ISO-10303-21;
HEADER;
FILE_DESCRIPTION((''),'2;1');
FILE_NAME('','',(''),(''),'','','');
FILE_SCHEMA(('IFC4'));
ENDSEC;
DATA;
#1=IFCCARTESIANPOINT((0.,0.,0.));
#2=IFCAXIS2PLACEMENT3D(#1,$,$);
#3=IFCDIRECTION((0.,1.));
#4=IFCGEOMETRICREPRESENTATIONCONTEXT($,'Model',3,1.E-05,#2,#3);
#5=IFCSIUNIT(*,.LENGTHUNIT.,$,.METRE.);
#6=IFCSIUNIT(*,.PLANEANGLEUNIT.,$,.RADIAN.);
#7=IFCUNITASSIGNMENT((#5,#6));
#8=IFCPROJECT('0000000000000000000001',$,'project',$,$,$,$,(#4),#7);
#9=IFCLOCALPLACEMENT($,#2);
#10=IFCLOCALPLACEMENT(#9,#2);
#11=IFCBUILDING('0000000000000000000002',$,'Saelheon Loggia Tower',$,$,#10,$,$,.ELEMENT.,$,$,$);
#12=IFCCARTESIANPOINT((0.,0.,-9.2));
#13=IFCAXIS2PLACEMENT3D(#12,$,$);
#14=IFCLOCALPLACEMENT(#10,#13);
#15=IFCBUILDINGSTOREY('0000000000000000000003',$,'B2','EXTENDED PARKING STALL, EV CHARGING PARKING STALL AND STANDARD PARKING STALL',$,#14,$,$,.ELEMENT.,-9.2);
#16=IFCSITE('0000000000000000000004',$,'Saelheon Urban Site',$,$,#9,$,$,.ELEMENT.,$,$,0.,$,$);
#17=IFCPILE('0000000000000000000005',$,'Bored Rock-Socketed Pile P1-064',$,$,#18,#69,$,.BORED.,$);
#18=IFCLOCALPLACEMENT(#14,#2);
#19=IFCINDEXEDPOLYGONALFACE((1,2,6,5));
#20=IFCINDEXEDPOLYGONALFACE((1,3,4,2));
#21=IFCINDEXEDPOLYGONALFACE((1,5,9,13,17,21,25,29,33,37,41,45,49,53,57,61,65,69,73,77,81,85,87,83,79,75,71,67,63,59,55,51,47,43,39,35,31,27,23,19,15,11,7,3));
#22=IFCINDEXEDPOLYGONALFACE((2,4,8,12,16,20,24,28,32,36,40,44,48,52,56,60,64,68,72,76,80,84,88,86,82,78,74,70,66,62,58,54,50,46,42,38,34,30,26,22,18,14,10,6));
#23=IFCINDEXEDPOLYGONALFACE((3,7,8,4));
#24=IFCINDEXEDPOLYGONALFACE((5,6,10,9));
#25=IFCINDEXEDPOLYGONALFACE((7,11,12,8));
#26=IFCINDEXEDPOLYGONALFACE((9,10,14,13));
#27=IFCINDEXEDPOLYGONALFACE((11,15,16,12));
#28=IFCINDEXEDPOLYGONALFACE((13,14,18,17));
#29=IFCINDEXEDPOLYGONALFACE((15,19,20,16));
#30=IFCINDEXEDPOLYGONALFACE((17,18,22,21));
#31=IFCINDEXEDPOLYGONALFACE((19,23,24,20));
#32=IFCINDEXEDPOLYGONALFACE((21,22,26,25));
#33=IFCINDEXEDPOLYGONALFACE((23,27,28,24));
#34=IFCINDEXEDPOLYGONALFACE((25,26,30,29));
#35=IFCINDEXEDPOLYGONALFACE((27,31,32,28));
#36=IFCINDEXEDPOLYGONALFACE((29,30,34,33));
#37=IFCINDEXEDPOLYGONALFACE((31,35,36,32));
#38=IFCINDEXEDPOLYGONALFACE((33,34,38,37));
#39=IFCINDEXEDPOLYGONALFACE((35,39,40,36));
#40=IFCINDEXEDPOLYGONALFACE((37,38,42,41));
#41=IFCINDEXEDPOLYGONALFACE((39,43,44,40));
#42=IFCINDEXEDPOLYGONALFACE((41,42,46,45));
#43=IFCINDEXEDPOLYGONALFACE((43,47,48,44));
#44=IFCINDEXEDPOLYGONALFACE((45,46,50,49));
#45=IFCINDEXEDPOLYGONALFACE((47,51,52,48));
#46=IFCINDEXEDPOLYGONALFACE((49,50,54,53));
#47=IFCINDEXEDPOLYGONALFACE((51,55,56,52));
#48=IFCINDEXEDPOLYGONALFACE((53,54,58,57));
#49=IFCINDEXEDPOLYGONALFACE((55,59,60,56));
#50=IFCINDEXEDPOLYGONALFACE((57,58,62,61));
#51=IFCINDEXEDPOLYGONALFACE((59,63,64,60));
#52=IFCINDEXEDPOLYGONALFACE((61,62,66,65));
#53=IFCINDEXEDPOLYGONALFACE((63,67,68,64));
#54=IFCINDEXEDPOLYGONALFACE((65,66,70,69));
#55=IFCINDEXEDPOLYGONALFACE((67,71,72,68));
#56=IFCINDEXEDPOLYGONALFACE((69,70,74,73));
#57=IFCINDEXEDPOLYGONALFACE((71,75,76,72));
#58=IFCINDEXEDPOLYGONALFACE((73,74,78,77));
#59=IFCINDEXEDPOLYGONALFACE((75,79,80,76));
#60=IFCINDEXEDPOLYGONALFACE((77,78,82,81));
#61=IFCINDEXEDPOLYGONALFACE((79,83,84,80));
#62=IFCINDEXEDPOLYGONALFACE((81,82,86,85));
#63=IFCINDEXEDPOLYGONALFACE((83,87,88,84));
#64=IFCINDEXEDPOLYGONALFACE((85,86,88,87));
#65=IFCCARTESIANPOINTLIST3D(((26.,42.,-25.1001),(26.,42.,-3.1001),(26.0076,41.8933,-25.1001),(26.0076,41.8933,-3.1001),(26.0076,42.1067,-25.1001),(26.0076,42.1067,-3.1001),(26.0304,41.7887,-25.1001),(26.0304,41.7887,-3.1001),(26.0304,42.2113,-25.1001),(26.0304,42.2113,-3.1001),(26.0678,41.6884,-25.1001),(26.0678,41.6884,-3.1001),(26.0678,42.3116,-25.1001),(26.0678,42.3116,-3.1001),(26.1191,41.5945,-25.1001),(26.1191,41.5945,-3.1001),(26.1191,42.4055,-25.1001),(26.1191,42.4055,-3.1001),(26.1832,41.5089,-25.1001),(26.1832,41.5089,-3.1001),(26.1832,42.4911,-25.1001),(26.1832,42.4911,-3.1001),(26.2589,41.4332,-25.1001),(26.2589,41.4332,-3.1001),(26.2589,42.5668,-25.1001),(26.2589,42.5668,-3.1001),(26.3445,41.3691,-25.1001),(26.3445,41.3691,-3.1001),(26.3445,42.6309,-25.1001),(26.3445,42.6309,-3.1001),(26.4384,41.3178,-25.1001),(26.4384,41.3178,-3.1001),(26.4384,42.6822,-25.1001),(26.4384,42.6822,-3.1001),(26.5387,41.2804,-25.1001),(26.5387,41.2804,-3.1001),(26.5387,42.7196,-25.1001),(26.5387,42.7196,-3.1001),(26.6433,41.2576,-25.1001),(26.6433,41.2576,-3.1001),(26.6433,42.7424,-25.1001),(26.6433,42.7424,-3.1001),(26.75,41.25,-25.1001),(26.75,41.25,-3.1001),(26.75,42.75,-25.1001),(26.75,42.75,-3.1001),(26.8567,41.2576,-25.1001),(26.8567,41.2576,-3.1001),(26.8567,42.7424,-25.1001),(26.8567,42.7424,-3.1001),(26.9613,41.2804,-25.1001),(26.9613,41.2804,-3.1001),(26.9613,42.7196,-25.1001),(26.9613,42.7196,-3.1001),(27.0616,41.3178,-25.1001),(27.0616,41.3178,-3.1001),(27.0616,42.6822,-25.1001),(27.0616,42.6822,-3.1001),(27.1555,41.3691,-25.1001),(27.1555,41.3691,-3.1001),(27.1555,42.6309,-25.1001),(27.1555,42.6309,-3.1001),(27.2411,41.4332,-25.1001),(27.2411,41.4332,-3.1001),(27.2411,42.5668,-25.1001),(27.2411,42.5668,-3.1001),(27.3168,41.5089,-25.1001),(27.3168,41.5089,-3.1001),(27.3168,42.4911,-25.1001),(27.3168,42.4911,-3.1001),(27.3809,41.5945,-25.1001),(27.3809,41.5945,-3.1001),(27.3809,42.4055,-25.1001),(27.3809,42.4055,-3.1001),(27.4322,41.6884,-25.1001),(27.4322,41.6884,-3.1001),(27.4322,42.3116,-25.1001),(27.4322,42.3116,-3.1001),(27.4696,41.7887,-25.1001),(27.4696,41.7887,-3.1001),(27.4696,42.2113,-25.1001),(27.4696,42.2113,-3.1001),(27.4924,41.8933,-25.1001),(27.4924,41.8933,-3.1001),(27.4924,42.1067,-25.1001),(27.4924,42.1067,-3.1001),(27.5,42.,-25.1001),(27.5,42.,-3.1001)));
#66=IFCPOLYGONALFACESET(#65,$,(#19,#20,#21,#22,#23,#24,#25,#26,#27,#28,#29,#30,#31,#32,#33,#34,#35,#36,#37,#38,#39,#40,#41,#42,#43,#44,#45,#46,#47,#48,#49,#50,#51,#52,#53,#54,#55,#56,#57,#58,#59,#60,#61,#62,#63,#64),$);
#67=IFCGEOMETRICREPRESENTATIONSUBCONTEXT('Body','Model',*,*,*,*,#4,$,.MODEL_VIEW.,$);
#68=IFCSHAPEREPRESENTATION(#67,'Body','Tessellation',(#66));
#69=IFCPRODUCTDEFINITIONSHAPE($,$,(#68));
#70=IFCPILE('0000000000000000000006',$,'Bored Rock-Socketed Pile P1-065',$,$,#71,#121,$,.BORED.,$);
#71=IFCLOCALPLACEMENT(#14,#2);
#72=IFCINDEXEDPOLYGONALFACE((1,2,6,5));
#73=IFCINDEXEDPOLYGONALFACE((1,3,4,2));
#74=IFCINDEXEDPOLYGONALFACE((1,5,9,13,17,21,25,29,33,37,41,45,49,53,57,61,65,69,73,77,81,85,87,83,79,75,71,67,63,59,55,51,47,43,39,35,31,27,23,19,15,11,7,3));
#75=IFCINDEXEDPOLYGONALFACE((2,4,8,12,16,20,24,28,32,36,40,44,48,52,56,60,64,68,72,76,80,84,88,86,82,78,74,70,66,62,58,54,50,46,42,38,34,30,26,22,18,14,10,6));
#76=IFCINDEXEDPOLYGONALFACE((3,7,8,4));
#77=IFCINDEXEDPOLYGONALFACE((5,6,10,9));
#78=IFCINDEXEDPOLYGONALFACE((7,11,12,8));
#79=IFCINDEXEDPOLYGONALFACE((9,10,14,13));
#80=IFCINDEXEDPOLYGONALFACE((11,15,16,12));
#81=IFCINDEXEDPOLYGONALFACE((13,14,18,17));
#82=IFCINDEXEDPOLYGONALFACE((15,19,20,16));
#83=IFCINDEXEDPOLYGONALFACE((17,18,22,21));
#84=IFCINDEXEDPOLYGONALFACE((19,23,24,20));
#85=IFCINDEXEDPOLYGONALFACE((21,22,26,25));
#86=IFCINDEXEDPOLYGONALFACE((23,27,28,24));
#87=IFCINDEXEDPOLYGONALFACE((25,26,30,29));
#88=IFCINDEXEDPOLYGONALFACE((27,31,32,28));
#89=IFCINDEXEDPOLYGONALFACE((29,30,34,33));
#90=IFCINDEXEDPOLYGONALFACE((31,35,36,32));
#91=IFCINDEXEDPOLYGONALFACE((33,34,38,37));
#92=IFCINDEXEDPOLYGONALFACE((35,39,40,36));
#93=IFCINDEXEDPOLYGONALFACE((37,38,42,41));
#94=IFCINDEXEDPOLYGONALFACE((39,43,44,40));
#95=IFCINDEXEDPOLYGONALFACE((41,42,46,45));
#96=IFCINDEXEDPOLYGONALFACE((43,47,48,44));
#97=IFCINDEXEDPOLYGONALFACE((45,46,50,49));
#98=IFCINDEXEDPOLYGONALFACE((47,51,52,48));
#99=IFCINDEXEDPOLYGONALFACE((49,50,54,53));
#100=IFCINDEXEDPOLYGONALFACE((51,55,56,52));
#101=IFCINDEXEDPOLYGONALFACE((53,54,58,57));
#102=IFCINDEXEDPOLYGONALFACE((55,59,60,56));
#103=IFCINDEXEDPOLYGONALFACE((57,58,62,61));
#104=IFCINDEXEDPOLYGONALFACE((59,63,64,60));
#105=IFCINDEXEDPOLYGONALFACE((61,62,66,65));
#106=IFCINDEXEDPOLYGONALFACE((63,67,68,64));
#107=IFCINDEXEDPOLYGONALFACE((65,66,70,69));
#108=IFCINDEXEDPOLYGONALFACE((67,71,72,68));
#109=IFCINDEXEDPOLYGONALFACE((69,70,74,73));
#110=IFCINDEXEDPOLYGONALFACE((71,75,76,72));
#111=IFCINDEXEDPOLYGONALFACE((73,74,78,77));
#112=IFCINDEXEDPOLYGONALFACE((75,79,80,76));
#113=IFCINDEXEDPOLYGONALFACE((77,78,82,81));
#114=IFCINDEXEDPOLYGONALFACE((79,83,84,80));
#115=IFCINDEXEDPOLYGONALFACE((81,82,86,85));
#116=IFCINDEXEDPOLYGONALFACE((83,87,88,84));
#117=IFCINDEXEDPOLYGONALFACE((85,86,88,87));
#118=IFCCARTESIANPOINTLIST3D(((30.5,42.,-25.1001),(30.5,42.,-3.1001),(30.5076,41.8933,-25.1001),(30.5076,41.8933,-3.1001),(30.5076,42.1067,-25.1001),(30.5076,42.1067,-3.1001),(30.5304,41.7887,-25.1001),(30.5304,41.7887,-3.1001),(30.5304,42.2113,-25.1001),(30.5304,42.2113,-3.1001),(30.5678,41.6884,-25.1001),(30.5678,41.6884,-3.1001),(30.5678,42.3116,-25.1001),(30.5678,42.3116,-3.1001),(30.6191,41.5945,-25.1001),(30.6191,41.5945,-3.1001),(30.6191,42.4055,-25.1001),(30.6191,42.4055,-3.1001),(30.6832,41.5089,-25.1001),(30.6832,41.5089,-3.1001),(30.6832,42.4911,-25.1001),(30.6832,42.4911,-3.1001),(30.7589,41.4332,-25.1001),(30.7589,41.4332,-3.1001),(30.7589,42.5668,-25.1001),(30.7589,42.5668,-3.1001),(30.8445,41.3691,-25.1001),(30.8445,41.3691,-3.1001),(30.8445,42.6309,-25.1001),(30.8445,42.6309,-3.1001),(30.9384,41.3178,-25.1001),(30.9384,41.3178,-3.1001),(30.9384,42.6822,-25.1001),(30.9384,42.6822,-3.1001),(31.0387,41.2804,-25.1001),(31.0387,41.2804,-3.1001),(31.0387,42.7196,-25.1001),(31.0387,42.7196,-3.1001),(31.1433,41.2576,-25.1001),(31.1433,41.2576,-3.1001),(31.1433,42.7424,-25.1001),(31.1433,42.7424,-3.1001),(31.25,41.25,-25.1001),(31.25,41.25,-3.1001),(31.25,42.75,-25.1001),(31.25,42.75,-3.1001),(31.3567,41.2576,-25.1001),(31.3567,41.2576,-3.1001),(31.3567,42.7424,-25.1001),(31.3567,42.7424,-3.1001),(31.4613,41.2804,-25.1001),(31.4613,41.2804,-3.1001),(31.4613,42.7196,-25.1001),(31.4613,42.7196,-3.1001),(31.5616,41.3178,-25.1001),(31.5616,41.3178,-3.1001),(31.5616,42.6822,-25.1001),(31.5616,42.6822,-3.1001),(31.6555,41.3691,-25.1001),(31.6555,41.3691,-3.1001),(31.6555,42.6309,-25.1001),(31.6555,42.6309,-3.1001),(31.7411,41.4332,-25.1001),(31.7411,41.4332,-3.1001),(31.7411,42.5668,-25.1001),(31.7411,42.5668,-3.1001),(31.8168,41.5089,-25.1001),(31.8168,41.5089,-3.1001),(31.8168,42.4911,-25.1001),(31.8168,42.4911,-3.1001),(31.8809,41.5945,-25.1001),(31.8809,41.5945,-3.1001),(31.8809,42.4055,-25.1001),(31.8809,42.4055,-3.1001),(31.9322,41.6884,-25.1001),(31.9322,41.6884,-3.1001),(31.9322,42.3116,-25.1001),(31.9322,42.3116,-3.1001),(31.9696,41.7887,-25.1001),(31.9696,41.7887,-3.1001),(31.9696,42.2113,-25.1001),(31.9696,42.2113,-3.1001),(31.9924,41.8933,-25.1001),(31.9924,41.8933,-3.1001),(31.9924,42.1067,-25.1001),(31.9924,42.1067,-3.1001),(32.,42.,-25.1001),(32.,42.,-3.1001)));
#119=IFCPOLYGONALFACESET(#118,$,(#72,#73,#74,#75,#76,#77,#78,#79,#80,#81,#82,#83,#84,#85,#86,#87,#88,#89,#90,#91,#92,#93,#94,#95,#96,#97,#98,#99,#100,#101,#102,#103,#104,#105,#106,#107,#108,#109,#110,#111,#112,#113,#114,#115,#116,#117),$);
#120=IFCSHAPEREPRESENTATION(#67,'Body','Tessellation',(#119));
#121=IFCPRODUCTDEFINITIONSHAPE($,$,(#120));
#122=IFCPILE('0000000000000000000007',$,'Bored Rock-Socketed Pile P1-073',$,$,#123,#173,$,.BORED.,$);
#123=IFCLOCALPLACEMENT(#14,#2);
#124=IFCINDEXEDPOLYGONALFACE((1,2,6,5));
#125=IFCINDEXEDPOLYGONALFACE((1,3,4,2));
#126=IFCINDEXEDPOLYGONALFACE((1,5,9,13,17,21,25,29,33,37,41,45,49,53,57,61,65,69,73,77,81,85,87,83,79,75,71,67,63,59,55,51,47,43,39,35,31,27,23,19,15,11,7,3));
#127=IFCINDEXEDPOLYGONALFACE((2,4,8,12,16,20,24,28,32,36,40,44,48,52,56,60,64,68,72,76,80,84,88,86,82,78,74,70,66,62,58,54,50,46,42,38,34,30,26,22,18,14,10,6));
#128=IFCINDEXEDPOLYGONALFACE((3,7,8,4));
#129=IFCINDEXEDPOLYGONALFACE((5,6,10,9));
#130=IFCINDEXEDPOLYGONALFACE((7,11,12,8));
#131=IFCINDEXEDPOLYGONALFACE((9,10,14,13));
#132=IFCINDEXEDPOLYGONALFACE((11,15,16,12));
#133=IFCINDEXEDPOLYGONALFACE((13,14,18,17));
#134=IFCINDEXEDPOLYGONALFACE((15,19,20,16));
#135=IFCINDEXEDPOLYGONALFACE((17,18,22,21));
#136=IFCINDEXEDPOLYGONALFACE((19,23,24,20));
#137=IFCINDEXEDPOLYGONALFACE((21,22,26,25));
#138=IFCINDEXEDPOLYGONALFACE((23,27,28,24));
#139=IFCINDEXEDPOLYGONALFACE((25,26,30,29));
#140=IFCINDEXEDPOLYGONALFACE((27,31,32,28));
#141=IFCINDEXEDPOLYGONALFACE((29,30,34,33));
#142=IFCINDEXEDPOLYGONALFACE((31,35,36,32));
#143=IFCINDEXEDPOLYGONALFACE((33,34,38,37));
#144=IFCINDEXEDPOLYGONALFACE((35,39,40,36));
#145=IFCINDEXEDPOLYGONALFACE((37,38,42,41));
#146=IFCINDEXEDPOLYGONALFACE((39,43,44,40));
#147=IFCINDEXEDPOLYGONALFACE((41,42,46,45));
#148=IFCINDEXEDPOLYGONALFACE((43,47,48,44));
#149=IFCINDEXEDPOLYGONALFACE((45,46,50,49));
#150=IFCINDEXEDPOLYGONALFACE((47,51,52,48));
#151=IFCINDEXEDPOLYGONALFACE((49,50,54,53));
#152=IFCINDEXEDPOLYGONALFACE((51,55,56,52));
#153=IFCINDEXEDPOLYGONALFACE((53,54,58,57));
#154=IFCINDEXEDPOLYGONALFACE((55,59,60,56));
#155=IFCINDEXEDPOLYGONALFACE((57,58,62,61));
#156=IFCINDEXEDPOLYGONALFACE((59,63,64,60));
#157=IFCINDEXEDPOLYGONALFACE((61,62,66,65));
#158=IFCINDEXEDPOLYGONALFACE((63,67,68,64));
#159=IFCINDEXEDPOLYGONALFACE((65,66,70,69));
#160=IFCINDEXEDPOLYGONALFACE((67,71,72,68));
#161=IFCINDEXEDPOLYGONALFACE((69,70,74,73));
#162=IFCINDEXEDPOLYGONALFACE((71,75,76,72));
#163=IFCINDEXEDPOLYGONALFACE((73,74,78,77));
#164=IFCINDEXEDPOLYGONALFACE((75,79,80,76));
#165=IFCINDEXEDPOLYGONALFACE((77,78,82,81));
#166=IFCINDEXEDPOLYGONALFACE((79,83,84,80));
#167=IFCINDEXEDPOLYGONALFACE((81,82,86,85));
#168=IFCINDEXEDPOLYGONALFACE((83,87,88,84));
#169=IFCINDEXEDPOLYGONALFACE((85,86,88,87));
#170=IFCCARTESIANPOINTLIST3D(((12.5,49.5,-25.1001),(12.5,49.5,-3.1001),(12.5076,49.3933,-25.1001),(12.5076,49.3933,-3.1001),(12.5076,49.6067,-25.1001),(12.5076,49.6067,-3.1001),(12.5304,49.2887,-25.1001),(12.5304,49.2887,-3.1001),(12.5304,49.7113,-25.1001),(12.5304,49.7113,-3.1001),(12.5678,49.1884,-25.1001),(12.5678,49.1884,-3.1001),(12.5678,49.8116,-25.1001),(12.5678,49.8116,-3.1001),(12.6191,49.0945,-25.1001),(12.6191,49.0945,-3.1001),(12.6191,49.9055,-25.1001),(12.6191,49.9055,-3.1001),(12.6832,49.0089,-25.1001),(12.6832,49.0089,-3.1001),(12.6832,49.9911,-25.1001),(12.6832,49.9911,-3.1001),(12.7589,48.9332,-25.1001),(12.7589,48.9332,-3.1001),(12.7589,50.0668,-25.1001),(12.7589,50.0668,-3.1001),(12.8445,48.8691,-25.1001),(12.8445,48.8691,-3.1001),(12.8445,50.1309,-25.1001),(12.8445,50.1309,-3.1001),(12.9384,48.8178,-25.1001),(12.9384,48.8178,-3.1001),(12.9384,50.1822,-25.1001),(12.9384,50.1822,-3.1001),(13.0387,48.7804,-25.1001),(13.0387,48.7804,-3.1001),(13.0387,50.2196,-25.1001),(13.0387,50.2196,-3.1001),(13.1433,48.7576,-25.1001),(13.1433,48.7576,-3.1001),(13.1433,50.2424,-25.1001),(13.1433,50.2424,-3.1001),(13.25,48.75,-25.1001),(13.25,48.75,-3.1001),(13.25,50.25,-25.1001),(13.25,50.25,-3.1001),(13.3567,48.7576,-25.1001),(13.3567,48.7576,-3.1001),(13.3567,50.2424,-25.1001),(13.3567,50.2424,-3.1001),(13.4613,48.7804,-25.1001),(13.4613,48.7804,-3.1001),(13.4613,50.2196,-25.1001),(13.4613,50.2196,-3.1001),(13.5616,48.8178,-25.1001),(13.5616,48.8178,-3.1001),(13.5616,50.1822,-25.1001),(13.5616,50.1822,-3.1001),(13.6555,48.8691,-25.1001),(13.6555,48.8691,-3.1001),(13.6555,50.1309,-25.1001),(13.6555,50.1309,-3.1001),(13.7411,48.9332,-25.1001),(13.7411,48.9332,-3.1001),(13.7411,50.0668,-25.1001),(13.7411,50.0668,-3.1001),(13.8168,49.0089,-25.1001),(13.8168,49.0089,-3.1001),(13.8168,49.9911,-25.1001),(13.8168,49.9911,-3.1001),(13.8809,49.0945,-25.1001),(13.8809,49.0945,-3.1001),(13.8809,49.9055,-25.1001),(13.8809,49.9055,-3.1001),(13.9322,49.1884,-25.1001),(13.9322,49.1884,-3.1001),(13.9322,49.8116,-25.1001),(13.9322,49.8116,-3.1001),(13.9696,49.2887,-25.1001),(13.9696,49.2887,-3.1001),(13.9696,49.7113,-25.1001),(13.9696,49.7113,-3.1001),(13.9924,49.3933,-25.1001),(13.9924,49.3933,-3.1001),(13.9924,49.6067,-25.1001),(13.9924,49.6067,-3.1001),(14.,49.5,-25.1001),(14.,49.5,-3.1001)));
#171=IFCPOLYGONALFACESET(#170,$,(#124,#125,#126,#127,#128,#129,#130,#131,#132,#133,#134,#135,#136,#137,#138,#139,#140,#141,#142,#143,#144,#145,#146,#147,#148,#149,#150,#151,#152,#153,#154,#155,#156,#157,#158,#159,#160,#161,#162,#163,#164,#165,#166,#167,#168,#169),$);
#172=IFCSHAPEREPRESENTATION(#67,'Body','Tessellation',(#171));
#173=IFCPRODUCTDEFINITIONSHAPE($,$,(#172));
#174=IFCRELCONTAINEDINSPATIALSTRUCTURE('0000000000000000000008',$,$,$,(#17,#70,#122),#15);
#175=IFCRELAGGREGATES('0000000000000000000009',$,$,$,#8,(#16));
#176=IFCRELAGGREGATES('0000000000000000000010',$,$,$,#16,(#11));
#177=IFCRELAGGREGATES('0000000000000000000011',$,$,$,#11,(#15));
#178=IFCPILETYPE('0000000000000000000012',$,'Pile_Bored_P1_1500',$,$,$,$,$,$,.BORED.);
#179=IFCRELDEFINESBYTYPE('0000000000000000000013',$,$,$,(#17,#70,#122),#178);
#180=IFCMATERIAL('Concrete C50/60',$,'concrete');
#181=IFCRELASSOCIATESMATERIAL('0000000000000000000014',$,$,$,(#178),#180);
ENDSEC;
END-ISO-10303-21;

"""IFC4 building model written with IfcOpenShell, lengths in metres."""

from ifc_helpers import new_model, si_unit, direction, frame, origin, origin_2d, place, context, subcontext, project, spatial, circle, extrude, source, transform, mapped, material, material_profile, profile_set, type_object, element, save


model = new_model("IFC4")

# Units and contexts
model_context = context("Model", 3, precision=1e-05, world=origin(), true_north=direction((0.0, 1.0)))
body_context = subcontext(model_context, "Body", "Model", "MODEL_VIEW")
ifc_project = project(units=[si_unit("LENGTHUNIT", "METRE"), si_unit("PLANEANGLEUNIT", "RADIAN")], contexts=[model_context])

# Site, building, storey
site_placement = place(None, origin())
site = spatial("IfcSite", under=ifc_project, at=site_placement, Name="Saelheon Urban Site", CompositionType="ELEMENT", RefElevation=0.0)
building_placement = place(site_placement, origin())
building = spatial("IfcBuilding", under=site, at=building_placement, Name="Saelheon Loggia Tower", CompositionType="ELEMENT")
storey_placement = place(building_placement, frame((0.0, 0.0, -9.2)))
storey = spatial("IfcBuildingStorey", under=building, at=storey_placement, Name="B2", Description="EXTENDED PARKING STALL, EV CHARGING PARKING STALL AND STANDARD PARKING STALL", CompositionType="ELEMENT", Elevation=-9.2)

# Piles
ifc_material_1 = material(Name="Concrete C50/60", Category="concrete")
ifc_material_profile_1 = material_profile(ifc_material_1, circle(Radius=0.75, at=origin_2d()), Name="CIRC-1500")
ifc_profile_set_1 = profile_set([ifc_material_profile_1], Name="Concrete C50/60")
pile_type = type_object("IfcPileType", Name="Pile_Bored_P1_1500", PredefinedType="BORED", material=ifc_profile_set_1)
shared_shape_1 = source(origin(), body_context, "Body", "SweptSolid", [
    extrude(circle(Radius=0.75, at=origin_2d()), origin(), (0.0, 0.0, 1.0), 22.0),
])
for number, where, z_axis, x_axis, name in (
    (1, (26.75, 42.0, -3.1001), (0.0, 0.0, -1.0), (1.0, 0.0, 0.0), "Bored Rock-Socketed Pile P1-064"),
    (2, (31.25, 42.0, -3.1001), (0.0, 0.0, -1.0), (1.0, 0.0, 0.0), "Bored Rock-Socketed Pile P1-065"),
    (3, (13.25, 49.5, -3.1001), (0.0, 0.0, -1.0), (1.0, 0.0, 0.0), "Bored Rock-Socketed Pile P1-073"),
):
    element("IfcPile", number, at=place(storey_placement, frame(where, z_axis=z_axis, x_axis=x_axis)), inside=storey, type_object=pile_type, Name=name, PredefinedType="BORED", context=body_context, shape_type="MappedRepresentation", body=[
        mapped(shared_shape_1, transform((0.0, 0.0, 0.0), scale=1.0)),
    ])

save(model, "model.ifc")
